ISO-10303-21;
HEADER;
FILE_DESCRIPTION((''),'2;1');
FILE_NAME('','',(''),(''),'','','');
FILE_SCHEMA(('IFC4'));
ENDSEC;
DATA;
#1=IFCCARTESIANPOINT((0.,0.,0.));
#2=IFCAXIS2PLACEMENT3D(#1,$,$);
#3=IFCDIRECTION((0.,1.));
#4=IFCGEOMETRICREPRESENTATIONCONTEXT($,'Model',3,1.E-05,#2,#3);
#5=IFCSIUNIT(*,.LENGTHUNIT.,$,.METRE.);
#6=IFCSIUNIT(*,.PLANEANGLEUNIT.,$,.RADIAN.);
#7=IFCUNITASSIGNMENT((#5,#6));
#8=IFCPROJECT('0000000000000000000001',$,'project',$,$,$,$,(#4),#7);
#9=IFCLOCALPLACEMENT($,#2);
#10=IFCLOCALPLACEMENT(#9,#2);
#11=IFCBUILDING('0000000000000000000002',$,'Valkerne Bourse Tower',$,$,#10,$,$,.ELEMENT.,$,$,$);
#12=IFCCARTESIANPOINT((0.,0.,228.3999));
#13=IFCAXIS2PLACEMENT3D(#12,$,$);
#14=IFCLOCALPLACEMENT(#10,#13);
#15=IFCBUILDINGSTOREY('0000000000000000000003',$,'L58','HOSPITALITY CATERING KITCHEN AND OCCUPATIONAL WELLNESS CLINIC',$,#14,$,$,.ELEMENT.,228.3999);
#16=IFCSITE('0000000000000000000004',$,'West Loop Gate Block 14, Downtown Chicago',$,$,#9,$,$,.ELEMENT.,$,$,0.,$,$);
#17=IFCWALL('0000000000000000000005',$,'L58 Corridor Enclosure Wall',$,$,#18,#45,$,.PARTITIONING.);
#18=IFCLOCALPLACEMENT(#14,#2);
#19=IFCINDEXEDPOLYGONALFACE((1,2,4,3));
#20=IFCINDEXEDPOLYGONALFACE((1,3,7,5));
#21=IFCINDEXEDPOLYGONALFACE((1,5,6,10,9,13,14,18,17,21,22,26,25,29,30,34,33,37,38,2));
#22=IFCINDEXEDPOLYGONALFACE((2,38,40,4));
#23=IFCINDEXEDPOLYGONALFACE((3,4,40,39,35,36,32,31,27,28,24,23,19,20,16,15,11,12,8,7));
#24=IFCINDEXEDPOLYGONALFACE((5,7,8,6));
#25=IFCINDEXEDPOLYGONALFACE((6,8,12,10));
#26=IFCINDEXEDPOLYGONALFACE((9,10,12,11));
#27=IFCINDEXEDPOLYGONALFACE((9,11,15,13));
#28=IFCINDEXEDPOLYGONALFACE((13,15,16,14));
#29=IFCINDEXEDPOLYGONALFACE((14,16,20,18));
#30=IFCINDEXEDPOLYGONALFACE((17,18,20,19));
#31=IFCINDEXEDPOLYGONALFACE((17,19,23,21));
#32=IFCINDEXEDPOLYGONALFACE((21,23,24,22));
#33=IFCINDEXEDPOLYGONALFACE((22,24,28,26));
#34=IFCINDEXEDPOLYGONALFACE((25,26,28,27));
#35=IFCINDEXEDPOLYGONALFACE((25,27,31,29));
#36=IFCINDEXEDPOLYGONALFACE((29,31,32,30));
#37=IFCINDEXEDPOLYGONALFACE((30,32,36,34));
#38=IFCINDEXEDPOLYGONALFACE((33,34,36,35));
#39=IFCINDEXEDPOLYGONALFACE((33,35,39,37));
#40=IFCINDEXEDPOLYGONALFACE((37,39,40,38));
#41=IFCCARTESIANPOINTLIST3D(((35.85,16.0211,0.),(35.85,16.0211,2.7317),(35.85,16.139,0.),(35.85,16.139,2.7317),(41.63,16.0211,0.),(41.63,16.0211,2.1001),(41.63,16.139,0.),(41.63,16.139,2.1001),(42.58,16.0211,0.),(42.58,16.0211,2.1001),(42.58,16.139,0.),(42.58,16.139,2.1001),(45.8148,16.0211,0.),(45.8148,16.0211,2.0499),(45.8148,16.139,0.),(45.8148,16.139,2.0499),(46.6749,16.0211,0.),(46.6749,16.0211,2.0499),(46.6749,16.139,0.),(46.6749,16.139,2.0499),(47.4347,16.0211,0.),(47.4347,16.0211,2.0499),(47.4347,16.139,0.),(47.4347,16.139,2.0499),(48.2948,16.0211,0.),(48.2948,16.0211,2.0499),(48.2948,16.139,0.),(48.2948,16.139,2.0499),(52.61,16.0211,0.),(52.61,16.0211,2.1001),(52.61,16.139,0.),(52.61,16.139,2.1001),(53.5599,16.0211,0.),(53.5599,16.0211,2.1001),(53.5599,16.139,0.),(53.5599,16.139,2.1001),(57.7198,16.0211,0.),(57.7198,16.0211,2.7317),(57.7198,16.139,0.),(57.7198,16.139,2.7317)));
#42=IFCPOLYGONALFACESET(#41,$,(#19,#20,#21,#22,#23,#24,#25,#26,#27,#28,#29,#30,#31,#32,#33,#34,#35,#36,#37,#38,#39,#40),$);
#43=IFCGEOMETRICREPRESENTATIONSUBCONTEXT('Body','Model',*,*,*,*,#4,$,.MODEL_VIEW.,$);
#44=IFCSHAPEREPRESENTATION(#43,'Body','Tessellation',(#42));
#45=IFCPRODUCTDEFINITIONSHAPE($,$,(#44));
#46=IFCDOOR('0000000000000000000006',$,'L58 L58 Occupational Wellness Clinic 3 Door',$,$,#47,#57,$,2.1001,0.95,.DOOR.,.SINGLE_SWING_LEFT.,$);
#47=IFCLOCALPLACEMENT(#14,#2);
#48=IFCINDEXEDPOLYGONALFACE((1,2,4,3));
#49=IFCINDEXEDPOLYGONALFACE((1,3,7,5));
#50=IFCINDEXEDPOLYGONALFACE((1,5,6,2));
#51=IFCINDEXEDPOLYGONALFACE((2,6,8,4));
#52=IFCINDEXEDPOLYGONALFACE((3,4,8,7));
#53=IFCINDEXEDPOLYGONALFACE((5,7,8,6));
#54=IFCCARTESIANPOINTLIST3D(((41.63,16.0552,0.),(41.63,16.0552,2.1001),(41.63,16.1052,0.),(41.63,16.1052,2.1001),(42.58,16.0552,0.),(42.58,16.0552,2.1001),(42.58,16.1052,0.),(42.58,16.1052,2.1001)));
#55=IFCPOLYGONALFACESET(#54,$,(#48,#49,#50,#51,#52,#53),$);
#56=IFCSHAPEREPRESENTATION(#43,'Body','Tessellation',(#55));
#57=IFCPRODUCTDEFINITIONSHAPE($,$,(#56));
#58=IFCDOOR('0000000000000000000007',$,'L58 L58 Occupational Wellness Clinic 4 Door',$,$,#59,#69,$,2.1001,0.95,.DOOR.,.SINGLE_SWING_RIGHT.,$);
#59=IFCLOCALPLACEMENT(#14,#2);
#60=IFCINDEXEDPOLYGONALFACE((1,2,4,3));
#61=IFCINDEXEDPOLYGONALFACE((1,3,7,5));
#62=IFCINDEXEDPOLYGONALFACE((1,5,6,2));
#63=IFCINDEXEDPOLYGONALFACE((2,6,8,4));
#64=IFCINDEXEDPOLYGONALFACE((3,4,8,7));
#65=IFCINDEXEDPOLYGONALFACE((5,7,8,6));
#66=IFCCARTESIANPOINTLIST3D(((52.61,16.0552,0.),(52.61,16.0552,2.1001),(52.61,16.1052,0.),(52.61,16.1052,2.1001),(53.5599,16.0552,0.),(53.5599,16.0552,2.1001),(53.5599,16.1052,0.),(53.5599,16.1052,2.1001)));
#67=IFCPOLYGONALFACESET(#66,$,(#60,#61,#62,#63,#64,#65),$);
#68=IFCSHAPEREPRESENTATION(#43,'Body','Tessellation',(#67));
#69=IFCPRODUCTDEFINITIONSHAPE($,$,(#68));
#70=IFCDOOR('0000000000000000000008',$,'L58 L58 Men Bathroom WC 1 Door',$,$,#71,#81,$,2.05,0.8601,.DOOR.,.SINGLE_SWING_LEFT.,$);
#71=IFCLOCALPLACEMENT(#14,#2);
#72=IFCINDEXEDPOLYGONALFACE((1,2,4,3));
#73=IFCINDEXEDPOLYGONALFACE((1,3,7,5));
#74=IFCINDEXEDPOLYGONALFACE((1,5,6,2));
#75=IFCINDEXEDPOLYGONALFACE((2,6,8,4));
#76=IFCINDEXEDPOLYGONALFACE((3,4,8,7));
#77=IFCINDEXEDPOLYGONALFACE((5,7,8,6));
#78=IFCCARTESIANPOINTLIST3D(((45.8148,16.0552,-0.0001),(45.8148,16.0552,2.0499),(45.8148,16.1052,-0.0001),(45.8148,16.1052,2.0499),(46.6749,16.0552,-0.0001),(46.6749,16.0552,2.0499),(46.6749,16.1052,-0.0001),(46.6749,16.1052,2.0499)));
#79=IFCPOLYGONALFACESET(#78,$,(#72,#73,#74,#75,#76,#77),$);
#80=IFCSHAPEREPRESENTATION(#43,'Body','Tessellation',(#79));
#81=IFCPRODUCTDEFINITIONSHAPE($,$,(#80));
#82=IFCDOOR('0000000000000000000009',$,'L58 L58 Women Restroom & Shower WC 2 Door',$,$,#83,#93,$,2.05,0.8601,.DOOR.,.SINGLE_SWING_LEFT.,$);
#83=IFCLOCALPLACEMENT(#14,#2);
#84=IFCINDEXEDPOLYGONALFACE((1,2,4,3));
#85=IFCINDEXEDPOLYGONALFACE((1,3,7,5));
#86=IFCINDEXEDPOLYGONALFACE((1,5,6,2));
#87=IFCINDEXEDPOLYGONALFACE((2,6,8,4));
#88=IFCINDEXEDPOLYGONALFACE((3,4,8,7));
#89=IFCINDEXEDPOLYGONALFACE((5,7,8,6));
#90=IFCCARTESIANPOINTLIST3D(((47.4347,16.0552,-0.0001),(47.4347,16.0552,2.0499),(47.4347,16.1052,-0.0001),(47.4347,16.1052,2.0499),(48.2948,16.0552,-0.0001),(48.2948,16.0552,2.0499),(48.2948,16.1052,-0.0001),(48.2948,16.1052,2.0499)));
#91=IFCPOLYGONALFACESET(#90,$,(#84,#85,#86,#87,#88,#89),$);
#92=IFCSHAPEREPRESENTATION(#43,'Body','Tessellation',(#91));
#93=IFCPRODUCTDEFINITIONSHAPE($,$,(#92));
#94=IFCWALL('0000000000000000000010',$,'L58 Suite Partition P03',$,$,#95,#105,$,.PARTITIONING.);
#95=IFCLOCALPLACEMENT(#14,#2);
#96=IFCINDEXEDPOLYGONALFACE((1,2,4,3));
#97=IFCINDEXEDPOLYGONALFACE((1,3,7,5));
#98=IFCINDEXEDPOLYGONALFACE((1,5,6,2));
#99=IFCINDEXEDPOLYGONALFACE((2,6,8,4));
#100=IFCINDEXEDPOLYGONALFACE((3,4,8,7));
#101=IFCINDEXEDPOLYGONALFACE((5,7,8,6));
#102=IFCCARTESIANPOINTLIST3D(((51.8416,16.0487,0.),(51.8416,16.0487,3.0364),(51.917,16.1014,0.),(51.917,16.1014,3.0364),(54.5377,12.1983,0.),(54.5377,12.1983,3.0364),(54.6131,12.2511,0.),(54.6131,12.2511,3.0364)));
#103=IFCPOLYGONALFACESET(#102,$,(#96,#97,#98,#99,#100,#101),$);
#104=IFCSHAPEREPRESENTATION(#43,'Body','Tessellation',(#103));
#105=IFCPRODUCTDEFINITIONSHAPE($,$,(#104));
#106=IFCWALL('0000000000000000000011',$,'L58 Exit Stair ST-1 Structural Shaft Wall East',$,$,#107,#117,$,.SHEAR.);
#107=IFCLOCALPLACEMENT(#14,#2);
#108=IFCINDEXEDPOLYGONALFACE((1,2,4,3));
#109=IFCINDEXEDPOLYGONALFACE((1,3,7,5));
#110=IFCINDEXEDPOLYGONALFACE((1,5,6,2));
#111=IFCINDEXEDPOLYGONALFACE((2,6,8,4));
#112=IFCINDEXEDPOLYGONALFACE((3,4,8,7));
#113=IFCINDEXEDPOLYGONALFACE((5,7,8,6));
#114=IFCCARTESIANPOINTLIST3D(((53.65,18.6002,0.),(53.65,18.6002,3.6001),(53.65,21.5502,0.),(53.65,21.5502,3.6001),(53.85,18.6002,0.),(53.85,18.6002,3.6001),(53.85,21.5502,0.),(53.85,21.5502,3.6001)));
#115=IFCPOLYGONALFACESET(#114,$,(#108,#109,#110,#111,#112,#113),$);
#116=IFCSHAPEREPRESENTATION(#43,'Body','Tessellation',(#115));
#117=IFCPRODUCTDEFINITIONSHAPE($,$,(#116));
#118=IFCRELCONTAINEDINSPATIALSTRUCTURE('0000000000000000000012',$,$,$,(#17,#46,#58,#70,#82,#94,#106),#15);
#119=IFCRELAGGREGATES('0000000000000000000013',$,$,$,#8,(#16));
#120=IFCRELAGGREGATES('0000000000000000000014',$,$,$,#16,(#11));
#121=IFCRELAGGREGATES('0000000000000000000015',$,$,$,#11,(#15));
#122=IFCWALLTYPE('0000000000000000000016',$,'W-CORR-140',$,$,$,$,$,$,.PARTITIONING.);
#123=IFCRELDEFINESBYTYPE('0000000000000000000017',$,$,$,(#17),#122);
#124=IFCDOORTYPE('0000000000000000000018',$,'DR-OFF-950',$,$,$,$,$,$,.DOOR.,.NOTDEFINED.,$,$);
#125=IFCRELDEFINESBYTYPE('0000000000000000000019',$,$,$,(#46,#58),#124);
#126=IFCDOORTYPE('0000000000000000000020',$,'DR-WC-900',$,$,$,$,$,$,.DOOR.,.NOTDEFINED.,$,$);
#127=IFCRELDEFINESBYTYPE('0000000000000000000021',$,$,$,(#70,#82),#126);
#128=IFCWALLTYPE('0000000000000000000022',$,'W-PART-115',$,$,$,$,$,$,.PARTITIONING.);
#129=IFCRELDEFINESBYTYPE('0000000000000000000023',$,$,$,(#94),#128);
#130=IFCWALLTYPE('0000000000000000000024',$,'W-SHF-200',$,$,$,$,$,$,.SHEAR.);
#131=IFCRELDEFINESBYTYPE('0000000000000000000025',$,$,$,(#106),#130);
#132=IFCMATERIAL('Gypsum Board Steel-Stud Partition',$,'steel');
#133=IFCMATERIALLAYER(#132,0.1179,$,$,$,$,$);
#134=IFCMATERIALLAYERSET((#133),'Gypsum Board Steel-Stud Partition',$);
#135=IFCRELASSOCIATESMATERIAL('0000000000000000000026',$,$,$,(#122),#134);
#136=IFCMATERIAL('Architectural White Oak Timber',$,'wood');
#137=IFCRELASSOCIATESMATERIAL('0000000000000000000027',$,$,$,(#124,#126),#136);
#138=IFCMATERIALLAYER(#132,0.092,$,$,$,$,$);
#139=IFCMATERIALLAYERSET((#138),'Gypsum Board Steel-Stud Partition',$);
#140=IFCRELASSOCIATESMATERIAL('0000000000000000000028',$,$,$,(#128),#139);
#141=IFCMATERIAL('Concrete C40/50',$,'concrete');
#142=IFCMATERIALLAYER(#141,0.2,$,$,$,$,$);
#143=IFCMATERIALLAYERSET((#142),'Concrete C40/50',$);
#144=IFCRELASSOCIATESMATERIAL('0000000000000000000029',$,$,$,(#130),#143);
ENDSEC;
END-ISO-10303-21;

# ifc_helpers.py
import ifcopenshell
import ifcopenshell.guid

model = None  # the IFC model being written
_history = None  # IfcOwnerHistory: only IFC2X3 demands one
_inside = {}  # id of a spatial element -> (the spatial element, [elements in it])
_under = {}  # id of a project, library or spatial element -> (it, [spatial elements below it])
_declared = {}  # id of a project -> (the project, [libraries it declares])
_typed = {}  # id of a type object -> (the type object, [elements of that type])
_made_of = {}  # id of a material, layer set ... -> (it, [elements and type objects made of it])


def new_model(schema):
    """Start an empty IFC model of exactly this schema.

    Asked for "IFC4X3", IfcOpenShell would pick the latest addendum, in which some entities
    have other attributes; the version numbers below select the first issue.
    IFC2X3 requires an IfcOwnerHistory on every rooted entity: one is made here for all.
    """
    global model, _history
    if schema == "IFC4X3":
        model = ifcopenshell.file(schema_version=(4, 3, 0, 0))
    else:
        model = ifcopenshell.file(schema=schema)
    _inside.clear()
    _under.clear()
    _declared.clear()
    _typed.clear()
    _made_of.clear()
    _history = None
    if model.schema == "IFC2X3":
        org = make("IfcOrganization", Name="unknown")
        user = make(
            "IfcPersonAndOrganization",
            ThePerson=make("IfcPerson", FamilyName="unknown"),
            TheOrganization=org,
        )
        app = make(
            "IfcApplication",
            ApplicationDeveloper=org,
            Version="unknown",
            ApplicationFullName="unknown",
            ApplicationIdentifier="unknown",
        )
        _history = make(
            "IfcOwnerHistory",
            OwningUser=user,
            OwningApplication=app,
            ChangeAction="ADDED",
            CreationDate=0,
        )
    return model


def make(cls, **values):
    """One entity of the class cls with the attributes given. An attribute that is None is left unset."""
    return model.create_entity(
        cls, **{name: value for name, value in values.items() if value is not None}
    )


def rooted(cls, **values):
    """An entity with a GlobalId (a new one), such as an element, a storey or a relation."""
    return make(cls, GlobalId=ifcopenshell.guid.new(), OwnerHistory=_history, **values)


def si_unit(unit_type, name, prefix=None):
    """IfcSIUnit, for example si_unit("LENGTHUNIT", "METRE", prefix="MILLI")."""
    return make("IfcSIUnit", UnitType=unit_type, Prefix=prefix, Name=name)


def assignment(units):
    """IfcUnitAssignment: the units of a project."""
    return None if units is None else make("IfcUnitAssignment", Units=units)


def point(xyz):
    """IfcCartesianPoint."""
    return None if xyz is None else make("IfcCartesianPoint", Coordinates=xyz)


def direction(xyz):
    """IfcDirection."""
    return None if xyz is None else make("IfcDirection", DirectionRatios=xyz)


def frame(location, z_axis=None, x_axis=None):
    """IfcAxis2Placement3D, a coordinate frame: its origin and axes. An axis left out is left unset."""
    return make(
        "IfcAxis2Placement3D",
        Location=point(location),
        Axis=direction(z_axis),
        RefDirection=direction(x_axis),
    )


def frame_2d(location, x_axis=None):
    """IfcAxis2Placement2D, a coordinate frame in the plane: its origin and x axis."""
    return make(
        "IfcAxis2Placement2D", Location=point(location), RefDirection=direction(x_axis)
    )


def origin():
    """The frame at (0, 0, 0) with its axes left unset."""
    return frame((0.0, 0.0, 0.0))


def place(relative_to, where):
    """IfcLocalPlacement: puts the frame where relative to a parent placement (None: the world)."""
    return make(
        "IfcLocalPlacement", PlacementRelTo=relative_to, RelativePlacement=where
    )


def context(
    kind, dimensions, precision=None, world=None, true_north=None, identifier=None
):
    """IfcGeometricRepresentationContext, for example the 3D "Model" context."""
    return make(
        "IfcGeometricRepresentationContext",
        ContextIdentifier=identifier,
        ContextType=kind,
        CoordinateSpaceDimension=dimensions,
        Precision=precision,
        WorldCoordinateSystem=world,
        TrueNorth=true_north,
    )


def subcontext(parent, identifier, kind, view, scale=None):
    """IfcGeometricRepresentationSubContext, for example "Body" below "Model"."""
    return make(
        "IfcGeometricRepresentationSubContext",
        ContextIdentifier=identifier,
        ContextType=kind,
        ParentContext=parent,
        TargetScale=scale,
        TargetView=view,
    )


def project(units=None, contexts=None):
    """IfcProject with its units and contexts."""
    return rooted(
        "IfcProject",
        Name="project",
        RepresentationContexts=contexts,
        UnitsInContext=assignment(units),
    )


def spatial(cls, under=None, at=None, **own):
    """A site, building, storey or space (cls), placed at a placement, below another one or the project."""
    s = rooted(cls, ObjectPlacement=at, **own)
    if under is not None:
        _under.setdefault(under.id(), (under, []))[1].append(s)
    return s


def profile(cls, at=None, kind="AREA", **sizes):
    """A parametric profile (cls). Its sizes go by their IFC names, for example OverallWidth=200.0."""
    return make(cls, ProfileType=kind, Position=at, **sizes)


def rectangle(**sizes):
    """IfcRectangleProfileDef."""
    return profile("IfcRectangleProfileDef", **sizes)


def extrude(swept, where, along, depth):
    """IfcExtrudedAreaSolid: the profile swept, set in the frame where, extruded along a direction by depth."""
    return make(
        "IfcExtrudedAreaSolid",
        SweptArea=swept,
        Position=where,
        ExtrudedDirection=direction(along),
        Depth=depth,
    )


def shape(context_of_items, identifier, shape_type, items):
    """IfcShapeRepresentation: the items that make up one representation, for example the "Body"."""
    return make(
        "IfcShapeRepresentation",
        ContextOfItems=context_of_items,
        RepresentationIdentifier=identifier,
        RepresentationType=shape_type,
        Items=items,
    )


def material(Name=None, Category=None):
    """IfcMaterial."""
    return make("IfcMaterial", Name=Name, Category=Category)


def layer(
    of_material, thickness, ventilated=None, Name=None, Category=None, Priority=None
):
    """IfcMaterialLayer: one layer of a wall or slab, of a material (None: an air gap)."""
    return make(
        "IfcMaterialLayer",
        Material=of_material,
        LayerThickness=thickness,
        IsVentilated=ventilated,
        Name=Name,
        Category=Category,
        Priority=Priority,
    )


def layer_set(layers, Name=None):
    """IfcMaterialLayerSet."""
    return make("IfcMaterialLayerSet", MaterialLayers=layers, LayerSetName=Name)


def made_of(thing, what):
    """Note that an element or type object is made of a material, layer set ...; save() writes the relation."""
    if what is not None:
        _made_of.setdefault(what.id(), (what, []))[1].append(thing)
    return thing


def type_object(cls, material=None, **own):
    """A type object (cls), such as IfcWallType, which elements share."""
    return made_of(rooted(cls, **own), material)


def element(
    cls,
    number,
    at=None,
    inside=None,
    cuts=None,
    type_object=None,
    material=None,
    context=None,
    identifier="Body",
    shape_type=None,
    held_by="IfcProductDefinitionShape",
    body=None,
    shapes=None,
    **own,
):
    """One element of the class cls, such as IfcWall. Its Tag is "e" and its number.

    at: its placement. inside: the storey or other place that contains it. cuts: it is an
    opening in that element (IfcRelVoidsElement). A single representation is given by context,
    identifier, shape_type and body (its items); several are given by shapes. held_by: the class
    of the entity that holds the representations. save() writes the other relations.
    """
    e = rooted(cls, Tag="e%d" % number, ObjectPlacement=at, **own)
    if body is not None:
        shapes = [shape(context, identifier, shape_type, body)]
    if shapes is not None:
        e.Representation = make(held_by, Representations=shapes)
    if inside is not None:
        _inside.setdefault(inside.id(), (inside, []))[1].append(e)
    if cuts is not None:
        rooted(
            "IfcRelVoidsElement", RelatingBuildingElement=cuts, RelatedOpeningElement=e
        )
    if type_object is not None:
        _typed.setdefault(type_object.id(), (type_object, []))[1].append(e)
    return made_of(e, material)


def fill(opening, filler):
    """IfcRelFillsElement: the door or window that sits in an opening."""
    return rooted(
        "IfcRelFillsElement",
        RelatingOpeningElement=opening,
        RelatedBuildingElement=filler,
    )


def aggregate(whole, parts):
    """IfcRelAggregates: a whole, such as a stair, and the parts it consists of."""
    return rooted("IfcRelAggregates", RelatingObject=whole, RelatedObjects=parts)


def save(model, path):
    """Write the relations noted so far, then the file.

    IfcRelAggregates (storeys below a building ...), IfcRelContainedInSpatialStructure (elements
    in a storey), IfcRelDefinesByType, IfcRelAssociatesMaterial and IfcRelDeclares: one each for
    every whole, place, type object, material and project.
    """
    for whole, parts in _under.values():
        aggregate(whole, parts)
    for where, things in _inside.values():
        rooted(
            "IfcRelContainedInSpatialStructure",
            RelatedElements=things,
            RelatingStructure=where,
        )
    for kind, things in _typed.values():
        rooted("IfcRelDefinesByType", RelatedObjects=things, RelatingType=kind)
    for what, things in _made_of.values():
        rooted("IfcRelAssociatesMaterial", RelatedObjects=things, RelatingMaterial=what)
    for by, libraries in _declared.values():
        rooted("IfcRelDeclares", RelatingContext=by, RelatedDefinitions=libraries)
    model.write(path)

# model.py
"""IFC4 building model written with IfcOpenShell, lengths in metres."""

from ifc_helpers import new_model, si_unit, direction, frame, frame_2d, origin, place, context, subcontext, project, spatial, rectangle, extrude, material, layer, layer_set, type_object, element, fill, save


model = new_model("IFC4")

# Units and contexts
model_context = context("Model", 3, precision=1e-05, world=origin(), true_north=direction((0.0, 1.0)))
body_context = subcontext(model_context, "Body", "Model", "MODEL_VIEW")
ifc_project = project(units=[si_unit("LENGTHUNIT", "METRE"), si_unit("PLANEANGLEUNIT", "RADIAN")], contexts=[model_context])

# Site, building, storey
site_placement = place(None, origin())
site = spatial("IfcSite", under=ifc_project, at=site_placement, Name="West Loop Gate Block 14, Downtown Chicago", CompositionType="ELEMENT", RefElevation=0.0)
building_placement = place(site_placement, origin())
building = spatial("IfcBuilding", under=site, at=building_placement, Name="Valkerne Bourse Tower", CompositionType="ELEMENT")
storey_placement = place(building_placement, frame((0.0, 0.0, 228.3999)))
storey = spatial("IfcBuildingStorey", under=building, at=storey_placement, Name="L58", Description="HOSPITALITY CATERING KITCHEN AND OCCUPATIONAL WELLNESS CLINIC", CompositionType="ELEMENT", Elevation=228.3999)

# Wall, openings, doors
ifc_material_1 = material(Name="Gypsum Board Steel-Stud Partition", Category="steel")
ifc_layer_1 = layer(ifc_material_1, 0.1179)
ifc_layer_set_1 = layer_set([ifc_layer_1], Name="Gypsum Board Steel-Stud Partition")
wall_type_1 = type_object("IfcWallType", Name="W-CORR-140", PredefinedType="PARTITIONING", material=ifc_layer_set_1)
wall_1_placement = place(storey_placement, frame((57.72, 16.0801, 0.0), z_axis=(0.0, 0.0, 1.0), x_axis=(-1.0, 0.0, 0.0)))
wall_1 = element("IfcWall", 1, at=wall_1_placement, inside=storey, type_object=wall_type_1, Name="L58 Corridor Enclosure Wall", PredefinedType="PARTITIONING", context=body_context, shape_type="SweptSolid", body=[
    extrude(rectangle(XDim=21.8699, YDim=0.1179, at=frame_2d((10.9351, 0.0))), origin(), (0.0, 0.0, 1.0), 2.7317),
])
opening_1_placement = place(wall_1_placement, frame((11.0449, 0.0, 0.0)))
opening_1 = element("IfcOpeningElement", 2, at=opening_1_placement, cuts=wall_1, PredefinedType="OPENING", context=body_context, shape_type="SweptSolid", body=[
    extrude(rectangle(XDim=0.8601, YDim=2.05, at=frame_2d((0.4302, 1.0249))), frame((0.0, 0.0688, 0.0), z_axis=(0.0, -1.0, 0.0), x_axis=(1.0, 0.0, 0.0)), (0.0, 0.0, 1.0), 0.1379),
])
opening_2_placement = place(wall_1_placement, frame((9.425, 0.0, 0.0)))
opening_2 = element("IfcOpeningElement", 3, at=opening_2_placement, cuts=wall_1, PredefinedType="OPENING", context=body_context, shape_type="SweptSolid", body=[
    extrude(rectangle(XDim=0.8601, YDim=2.05, at=frame_2d((0.4302, 1.0249))), frame((0.0, 0.0688, 0.0), z_axis=(0.0, -1.0, 0.0), x_axis=(1.0, 0.0, 0.0)), (0.0, 0.0, 1.0), 0.1379),
])
opening_3_placement = place(wall_1_placement, frame((15.1399, 0.0, 0.0)))
opening_3 = element("IfcOpeningElement", 4, at=opening_3_placement, cuts=wall_1, PredefinedType="OPENING", context=body_context, shape_type="SweptSolid", body=[
    extrude(rectangle(XDim=0.95, YDim=2.1001, at=frame_2d((0.4751, 1.05))), frame((0.0, 0.0688, 0.0), z_axis=(0.0, -1.0, 0.0), x_axis=(1.0, 0.0, 0.0)), (0.0, 0.0, 1.0), 0.1379),
])
opening_4_placement = place(wall_1_placement, frame((4.1599, 0.0, 0.0)))
opening_4 = element("IfcOpeningElement", 5, at=opening_4_placement, cuts=wall_1, PredefinedType="OPENING", context=body_context, shape_type="SweptSolid", body=[
    extrude(rectangle(XDim=0.95, YDim=2.1001, at=frame_2d((0.4751, 1.05))), frame((0.0, 0.0688, 0.0), z_axis=(0.0, -1.0, 0.0), x_axis=(1.0, 0.0, 0.0)), (0.0, 0.0, 1.0), 0.1379),
])
ifc_material_2 = material(Name="Architectural White Oak Timber", Category="wood")
door_type_1 = type_object("IfcDoorType", Name="DR-OFF-950", OperationType="NOTDEFINED", PredefinedType="DOOR", material=ifc_material_2)
door_1_placement = place(opening_3_placement, origin())
door_1 = element("IfcDoor", 6, at=door_1_placement, inside=storey, type_object=door_type_1, Name="L58 L58 Occupational Wellness Clinic 3 Door", OperationType="SINGLE_SWING_LEFT", OverallHeight=2.1001, OverallWidth=0.95, PredefinedType="DOOR", context=body_context, shape_type="SweptSolid", body=[
    extrude(rectangle(XDim=0.95, YDim=2.1001, at=frame_2d((0.4751, 1.05))), frame((0.0, 0.0249, 0.0), z_axis=(0.0, -1.0, 0.0), x_axis=(1.0, 0.0, 0.0)), (0.0, 0.0, 1.0), 0.05),
])
fill(opening_3, door_1)
door_2_placement = place(opening_4_placement, origin())
door_2 = element("IfcDoor", 7, at=door_2_placement, inside=storey, type_object=door_type_1, Name="L58 L58 Occupational Wellness Clinic 4 Door", OperationType="SINGLE_SWING_RIGHT", OverallHeight=2.1001, OverallWidth=0.95, PredefinedType="DOOR", context=body_context, shape_type="SweptSolid", body=[
    extrude(rectangle(XDim=0.95, YDim=2.1001, at=frame_2d((0.4751, 1.05))), frame((0.0, 0.0249, 0.0), z_axis=(0.0, -1.0, 0.0), x_axis=(1.0, 0.0, 0.0)), (0.0, 0.0, 1.0), 0.05),
])
fill(opening_4, door_2)
door_type_2 = type_object("IfcDoorType", Name="DR-WC-900", OperationType="NOTDEFINED", PredefinedType="DOOR", material=ifc_material_2)
door_3_placement = place(opening_1_placement, origin())
door_3 = element("IfcDoor", 8, at=door_3_placement, inside=storey, type_object=door_type_2, Name="L58 L58 Men Bathroom WC 1 Door", OperationType="SINGLE_SWING_LEFT", OverallHeight=2.05, OverallWidth=0.8601, PredefinedType="DOOR", context=body_context, shape_type="SweptSolid", body=[
    extrude(rectangle(XDim=0.8601, YDim=2.05, at=frame_2d((0.4302, 1.0249))), frame((0.0, 0.0249, 0.0), z_axis=(0.0, -1.0, 0.0), x_axis=(1.0, 0.0, 0.0)), (0.0, 0.0, 1.0), 0.05),
])
fill(opening_1, door_3)
door_4_placement = place(opening_2_placement, origin())
door_4 = element("IfcDoor", 9, at=door_4_placement, inside=storey, type_object=door_type_2, Name="L58 L58 Women Restroom & Shower WC 2 Door", OperationType="SINGLE_SWING_LEFT", OverallHeight=2.05, OverallWidth=0.8601, PredefinedType="DOOR", context=body_context, shape_type="SweptSolid", body=[
    extrude(rectangle(XDim=0.8601, YDim=2.05, at=frame_2d((0.4302, 1.0249))), frame((0.0, 0.0249, 0.0), z_axis=(0.0, -1.0, 0.0), x_axis=(1.0, 0.0, 0.0)), (0.0, 0.0, 1.0), 0.05),
])
fill(opening_2, door_4)

# Walls
ifc_layer_2 = layer(ifc_material_1, 0.092)
ifc_layer_set_2 = layer_set([ifc_layer_2], Name="Gypsum Board Steel-Stud Partition")
wall_type_2 = type_object("IfcWallType", Name="W-PART-115", PredefinedType="PARTITIONING", material=ifc_layer_set_2)
wall_2_placement = place(storey_placement, frame((51.8794, 16.075, 0.0), z_axis=(0.0, 0.0, 1.0), x_axis=(0.573577, -0.819151, 0.0)))
element("IfcWall", 10, at=wall_2_placement, inside=storey, type_object=wall_type_2, Name="L58 Suite Partition P03", PredefinedType="PARTITIONING", context=body_context, shape_type="SweptSolid", body=[
    extrude(rectangle(XDim=4.7004, YDim=0.092, at=frame_2d((2.3501, 0.0))), origin(), (0.0, 0.0, 1.0), 3.0364),
])
ifc_material_3 = material(Name="Concrete C40/50", Category="concrete")
ifc_layer_3 = layer(ifc_material_3, 0.2)
ifc_layer_set_3 = layer_set([ifc_layer_3], Name="Concrete C40/50")
wall_type_3 = type_object("IfcWallType", Name="W-SHF-200", PredefinedType="SHEAR", material=ifc_layer_set_3)
wall_3_placement = place(storey_placement, frame((53.75, 18.6001, 0.0), z_axis=(0.0, 0.0, 1.0), x_axis=(0.0, 1.0, 0.0)))
element("IfcWall", 11, at=wall_3_placement, inside=storey, type_object=wall_type_3, Name="L58 Exit Stair ST-1 Structural Shaft Wall East", PredefinedType="SHEAR", context=body_context, shape_type="SweptSolid", body=[
    extrude(rectangle(XDim=2.95, YDim=0.2, at=frame_2d((1.4751, 0.0))), origin(), (0.0, 0.0, 1.0), 3.6001),
])

save(model, "model.ifc")
